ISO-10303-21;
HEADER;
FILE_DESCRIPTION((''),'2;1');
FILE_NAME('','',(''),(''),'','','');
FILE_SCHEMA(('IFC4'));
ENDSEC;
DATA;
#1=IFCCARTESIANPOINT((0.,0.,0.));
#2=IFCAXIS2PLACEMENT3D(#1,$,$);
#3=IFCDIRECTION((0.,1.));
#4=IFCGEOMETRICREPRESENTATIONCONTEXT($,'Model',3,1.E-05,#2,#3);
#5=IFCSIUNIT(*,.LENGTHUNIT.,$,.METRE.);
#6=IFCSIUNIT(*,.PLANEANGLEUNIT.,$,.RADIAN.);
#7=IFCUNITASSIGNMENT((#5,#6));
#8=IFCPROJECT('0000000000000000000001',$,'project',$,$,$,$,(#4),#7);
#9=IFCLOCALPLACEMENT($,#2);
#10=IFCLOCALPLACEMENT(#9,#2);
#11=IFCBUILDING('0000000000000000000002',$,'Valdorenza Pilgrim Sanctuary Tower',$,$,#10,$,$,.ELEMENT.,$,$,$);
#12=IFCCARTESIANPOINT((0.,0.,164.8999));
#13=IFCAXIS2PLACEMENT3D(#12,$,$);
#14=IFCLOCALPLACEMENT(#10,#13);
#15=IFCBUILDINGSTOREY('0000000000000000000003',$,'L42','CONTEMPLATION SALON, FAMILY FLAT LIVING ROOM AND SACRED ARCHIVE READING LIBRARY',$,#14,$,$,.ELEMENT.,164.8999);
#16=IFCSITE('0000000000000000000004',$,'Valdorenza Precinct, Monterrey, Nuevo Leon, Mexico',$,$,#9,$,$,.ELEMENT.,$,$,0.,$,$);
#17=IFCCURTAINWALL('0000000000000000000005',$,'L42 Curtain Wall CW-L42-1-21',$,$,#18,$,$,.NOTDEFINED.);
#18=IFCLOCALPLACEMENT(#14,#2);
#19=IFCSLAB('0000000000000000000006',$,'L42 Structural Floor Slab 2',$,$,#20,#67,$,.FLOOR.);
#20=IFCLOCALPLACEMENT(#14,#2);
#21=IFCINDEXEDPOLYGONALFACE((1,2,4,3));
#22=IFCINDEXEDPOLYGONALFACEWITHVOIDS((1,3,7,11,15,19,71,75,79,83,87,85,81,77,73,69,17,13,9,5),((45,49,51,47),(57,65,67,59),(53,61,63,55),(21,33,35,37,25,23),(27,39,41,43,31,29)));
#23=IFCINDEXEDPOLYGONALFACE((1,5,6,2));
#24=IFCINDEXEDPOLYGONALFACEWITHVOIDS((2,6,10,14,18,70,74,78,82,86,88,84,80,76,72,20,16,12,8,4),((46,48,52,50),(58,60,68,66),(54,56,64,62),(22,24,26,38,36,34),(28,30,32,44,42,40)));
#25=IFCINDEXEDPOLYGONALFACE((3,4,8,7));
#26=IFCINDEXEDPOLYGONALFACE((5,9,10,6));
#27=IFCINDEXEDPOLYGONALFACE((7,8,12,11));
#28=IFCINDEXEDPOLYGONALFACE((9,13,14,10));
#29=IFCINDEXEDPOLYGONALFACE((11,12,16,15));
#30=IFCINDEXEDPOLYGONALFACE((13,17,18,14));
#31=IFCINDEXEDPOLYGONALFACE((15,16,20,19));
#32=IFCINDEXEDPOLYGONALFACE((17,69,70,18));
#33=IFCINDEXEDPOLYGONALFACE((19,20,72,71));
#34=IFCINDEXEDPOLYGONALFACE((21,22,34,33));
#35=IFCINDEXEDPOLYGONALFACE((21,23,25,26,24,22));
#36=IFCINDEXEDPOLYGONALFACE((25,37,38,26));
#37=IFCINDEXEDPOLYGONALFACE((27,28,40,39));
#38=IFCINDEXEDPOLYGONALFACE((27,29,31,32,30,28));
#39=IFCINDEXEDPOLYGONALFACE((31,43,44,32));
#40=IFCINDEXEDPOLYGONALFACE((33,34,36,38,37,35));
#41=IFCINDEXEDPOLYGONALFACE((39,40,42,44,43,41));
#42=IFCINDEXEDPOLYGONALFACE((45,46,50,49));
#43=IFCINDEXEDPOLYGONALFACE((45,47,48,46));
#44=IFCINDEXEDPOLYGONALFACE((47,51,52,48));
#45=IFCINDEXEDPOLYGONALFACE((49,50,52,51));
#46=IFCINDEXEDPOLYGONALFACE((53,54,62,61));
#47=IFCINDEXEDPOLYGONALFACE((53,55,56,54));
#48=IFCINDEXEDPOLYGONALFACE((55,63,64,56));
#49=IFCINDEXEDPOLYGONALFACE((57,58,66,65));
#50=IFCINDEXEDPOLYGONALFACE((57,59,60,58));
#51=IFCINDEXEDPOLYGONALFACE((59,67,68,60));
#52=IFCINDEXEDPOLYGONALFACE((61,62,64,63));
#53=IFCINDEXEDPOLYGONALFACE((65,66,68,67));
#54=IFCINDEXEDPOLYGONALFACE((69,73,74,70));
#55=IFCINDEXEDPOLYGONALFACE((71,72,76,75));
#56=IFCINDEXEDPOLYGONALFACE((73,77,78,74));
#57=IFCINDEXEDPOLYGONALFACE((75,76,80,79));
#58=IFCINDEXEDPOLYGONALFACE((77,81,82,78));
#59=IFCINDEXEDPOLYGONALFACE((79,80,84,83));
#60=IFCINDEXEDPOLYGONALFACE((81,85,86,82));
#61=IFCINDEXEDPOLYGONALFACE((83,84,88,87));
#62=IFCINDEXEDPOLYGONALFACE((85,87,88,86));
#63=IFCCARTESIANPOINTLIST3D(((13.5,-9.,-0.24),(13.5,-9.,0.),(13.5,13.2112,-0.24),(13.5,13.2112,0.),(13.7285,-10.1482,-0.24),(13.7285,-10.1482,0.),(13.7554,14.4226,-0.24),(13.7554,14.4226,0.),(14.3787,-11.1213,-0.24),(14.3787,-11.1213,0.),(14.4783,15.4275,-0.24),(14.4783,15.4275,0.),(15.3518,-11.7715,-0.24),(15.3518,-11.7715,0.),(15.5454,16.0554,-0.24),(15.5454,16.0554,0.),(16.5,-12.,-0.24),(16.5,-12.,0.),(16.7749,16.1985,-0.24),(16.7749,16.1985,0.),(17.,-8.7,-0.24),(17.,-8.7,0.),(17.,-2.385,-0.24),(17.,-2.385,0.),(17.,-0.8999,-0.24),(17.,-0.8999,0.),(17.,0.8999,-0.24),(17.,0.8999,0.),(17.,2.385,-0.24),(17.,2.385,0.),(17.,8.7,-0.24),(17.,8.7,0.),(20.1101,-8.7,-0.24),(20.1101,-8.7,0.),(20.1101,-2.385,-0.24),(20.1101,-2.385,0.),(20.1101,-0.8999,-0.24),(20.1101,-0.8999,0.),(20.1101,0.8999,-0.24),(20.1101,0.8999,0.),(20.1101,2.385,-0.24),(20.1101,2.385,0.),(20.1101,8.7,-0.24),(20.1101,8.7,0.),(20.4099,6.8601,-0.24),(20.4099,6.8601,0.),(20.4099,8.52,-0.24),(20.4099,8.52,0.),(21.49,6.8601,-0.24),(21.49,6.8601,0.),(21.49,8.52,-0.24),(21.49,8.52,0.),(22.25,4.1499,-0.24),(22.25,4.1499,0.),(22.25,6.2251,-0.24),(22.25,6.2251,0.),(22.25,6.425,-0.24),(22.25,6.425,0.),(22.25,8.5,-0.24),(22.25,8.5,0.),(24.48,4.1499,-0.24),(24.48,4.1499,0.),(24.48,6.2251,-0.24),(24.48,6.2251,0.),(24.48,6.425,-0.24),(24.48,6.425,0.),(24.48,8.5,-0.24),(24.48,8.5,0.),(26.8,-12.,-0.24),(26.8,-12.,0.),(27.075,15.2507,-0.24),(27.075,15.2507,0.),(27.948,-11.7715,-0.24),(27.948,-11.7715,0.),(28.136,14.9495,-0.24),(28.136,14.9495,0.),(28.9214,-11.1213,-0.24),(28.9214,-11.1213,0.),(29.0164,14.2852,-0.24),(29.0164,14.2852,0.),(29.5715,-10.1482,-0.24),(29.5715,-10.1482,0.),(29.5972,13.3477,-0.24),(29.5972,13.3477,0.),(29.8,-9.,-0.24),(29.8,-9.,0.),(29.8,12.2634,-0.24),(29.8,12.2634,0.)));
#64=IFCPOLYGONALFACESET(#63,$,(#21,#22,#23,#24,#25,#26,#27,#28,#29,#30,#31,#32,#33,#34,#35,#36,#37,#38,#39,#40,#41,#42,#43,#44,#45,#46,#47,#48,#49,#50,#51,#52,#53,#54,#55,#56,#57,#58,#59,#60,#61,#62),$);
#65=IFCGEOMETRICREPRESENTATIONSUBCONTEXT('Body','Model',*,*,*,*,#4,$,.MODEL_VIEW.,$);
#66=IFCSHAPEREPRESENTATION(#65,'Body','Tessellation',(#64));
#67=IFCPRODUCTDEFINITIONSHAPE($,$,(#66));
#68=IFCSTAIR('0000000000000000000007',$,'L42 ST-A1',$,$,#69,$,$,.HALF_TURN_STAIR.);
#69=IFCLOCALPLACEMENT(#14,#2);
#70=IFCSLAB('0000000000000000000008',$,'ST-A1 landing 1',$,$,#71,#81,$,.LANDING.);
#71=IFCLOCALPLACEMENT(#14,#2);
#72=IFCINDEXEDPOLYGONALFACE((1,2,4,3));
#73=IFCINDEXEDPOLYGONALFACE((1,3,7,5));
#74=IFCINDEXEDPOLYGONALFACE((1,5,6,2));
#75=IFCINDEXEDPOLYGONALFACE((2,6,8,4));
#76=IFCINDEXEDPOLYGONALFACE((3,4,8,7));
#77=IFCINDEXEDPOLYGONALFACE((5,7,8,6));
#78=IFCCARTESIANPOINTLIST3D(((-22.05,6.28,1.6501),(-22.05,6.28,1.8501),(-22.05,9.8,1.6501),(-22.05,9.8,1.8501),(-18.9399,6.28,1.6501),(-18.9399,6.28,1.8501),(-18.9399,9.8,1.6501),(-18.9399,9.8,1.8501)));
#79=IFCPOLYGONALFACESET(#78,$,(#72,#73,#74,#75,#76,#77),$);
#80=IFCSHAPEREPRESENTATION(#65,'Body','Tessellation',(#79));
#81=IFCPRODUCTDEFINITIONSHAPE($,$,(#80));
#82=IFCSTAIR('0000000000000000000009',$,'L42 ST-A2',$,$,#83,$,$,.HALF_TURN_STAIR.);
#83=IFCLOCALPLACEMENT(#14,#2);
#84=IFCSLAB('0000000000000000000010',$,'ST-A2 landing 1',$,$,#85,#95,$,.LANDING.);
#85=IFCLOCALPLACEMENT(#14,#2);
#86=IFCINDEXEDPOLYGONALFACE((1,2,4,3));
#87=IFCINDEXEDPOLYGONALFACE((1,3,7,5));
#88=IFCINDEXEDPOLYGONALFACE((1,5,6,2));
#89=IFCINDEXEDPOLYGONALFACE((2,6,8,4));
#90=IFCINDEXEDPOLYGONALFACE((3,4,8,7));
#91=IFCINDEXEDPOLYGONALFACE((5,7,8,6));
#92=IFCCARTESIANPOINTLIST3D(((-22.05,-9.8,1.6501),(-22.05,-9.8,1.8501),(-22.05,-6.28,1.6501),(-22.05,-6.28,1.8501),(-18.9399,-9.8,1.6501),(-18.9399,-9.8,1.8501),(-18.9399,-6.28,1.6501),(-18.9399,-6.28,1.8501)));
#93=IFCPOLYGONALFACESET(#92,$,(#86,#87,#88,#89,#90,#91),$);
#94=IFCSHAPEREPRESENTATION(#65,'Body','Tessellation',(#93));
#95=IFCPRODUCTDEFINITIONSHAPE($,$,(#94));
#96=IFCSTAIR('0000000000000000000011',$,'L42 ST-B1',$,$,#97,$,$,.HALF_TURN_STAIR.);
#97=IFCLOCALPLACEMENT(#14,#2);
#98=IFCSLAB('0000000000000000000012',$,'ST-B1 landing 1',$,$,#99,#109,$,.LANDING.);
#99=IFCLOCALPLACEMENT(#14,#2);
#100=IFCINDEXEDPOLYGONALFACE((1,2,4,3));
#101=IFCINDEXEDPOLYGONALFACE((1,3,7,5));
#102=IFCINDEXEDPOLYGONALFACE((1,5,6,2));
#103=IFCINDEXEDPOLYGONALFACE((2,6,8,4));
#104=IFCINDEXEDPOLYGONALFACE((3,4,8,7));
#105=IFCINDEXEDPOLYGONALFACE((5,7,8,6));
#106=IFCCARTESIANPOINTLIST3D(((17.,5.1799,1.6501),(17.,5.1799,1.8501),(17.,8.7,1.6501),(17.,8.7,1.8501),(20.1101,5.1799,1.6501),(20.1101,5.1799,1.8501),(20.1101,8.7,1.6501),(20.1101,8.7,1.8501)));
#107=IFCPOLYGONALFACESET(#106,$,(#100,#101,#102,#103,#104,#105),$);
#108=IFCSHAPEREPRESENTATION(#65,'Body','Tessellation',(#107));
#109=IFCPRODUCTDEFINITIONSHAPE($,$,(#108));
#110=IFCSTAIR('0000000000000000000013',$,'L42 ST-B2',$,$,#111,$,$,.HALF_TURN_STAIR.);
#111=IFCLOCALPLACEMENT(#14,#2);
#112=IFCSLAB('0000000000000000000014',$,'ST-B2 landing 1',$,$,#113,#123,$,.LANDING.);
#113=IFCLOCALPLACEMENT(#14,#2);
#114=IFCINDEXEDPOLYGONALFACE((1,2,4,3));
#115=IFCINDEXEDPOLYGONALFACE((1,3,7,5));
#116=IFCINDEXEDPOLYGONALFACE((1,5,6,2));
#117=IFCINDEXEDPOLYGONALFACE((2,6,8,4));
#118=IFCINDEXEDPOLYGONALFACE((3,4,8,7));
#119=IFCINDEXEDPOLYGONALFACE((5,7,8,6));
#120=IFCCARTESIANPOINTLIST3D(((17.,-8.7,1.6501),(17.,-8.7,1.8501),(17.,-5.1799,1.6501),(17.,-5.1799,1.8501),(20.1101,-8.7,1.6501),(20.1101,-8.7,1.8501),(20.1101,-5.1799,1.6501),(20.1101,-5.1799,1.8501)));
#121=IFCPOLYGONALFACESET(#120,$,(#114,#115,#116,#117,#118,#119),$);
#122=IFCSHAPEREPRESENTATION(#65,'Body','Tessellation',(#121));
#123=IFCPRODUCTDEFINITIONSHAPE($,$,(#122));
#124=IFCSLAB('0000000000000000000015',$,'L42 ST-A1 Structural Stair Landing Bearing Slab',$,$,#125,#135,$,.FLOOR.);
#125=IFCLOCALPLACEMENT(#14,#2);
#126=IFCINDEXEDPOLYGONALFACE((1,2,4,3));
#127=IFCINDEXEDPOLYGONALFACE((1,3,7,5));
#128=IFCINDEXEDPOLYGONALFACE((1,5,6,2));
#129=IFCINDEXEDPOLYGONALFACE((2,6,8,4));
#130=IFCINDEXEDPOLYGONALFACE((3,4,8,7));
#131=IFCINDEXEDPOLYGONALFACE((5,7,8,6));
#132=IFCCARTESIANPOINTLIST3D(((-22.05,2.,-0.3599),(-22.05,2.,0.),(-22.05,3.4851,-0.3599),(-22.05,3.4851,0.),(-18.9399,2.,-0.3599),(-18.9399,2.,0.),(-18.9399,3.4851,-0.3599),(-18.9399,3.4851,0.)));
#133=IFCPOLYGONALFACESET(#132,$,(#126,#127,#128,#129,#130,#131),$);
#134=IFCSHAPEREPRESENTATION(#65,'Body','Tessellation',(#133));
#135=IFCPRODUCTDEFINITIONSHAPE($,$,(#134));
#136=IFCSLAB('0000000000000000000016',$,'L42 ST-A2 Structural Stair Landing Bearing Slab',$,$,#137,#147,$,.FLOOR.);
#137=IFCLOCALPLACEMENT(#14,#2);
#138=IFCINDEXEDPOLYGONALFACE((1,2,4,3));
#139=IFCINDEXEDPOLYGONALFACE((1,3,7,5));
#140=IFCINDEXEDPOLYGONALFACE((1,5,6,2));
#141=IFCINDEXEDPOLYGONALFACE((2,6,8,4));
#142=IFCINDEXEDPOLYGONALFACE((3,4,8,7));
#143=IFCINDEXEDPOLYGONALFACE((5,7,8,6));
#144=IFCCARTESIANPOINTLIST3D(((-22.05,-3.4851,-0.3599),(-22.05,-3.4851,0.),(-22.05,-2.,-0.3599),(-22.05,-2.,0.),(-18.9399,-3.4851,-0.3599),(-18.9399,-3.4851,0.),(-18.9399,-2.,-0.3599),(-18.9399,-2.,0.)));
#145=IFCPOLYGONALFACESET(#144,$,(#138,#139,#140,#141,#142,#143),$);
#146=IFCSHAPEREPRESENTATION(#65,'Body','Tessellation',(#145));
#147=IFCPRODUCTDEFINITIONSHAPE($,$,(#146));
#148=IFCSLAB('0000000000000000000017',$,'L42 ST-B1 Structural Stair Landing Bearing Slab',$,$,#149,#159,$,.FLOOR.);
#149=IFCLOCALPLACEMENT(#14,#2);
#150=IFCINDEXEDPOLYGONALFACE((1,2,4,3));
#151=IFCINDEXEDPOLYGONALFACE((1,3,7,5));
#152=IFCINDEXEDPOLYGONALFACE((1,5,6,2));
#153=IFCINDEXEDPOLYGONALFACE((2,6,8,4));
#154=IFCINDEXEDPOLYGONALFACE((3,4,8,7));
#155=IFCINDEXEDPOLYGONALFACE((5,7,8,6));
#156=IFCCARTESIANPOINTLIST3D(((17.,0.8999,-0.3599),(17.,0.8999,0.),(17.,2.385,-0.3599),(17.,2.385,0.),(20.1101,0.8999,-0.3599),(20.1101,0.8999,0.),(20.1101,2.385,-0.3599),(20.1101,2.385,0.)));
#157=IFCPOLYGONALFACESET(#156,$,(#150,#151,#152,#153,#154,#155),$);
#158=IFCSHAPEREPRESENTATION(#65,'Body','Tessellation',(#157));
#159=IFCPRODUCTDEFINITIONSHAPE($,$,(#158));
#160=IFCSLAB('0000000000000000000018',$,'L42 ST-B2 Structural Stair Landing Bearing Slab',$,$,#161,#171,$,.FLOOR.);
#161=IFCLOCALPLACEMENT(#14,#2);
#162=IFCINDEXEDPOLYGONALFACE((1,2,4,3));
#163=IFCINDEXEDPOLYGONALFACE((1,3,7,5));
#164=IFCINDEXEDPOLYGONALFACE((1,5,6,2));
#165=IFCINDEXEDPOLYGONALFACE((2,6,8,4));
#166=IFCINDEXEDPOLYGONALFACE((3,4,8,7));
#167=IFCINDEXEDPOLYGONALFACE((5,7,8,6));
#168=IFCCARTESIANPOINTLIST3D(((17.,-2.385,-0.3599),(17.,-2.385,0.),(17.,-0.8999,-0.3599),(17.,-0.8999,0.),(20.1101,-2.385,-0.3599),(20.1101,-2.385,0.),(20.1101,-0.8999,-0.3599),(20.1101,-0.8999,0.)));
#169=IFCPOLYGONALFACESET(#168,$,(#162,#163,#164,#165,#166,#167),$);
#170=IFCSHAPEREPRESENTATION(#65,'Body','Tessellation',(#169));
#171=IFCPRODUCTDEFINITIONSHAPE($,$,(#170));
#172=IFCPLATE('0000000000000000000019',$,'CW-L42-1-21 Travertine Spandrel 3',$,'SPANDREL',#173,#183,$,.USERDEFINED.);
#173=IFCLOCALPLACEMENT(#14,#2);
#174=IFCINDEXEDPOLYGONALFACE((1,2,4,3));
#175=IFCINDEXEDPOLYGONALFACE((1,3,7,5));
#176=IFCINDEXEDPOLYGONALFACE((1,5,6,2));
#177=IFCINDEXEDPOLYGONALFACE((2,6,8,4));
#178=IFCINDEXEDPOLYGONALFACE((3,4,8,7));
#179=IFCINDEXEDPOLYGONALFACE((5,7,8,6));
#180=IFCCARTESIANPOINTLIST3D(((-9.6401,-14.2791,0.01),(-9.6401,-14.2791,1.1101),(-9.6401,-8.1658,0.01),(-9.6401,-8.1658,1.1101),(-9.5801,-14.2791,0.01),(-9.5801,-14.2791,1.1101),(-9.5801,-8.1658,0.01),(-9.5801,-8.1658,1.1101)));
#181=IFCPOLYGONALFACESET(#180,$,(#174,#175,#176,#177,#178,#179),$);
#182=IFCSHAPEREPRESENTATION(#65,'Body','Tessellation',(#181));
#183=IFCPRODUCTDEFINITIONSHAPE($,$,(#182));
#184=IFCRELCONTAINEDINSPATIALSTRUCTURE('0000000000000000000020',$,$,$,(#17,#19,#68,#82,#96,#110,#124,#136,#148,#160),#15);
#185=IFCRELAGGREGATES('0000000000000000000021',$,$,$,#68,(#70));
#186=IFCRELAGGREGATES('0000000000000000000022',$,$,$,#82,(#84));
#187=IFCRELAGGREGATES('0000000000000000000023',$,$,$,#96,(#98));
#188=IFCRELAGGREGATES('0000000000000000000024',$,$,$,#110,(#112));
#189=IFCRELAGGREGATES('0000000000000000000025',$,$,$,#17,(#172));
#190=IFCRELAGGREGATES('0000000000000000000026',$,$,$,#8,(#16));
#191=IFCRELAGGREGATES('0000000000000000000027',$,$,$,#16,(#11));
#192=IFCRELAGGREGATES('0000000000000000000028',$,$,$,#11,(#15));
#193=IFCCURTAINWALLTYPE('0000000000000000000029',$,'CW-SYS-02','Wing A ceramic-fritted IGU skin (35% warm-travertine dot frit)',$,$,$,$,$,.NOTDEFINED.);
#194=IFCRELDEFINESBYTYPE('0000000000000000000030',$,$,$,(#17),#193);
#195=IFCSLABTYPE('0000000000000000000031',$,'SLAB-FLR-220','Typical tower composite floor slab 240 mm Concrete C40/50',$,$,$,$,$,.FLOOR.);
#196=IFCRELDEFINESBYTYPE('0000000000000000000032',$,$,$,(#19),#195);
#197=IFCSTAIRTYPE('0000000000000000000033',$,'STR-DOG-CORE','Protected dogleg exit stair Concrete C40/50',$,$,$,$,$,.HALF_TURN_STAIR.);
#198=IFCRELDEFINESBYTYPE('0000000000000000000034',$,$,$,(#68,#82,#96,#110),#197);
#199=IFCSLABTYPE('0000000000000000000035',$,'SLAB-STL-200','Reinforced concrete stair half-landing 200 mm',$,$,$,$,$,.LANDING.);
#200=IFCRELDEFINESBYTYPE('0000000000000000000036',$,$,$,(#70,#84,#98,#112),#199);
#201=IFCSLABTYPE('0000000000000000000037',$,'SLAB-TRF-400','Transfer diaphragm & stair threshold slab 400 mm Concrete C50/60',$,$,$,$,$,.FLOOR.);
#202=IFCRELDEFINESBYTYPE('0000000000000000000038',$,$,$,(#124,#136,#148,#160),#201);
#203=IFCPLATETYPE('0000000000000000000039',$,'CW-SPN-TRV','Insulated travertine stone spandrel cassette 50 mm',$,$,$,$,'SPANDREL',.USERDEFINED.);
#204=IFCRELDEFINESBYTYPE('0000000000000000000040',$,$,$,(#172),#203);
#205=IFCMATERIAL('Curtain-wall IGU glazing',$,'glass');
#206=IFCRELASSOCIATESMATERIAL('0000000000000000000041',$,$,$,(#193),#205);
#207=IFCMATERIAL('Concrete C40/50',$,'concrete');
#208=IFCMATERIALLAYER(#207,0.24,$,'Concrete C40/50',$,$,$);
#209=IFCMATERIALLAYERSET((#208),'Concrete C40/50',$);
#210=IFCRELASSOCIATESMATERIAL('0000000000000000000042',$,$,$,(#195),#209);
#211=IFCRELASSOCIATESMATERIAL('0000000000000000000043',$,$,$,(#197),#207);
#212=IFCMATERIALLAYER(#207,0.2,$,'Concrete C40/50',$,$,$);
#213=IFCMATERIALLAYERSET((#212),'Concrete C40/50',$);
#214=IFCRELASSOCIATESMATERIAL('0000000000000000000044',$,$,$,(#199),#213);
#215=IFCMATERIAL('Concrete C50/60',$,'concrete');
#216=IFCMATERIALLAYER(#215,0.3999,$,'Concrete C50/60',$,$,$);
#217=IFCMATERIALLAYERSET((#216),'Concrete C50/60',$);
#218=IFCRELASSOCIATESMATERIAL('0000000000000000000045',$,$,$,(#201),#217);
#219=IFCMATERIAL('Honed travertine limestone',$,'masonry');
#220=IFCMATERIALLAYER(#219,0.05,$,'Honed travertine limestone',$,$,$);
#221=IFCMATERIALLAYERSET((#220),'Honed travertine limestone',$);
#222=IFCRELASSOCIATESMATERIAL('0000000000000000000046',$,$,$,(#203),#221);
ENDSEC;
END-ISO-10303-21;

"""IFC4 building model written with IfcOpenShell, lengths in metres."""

from ifc_helpers import new_model, si_unit, direction, frame, origin, origin_2d, place, context, subcontext, project, spatial, polyline, rectangle, outline, extrude, source, transform, mapped, material, layer, layer_set, type_object, element, aggregate, save


model = new_model("IFC4")

# Units and contexts
model_context = context("Model", 3, precision=1e-05, world=origin(), true_north=direction((0.0, 1.0)))
body_context = subcontext(model_context, "Body", "Model", "MODEL_VIEW")
ifc_project = project(units=[si_unit("LENGTHUNIT", "METRE"), si_unit("PLANEANGLEUNIT", "RADIAN")], contexts=[model_context])

# Site, building, storey
site_placement = place(None, origin())
site = spatial("IfcSite", under=ifc_project, at=site_placement, Name="Valdorenza Precinct, Monterrey, Nuevo Leon, Mexico", CompositionType="ELEMENT", RefElevation=0.0)
building_placement = place(site_placement, origin())
building = spatial("IfcBuilding", under=site, at=building_placement, Name="Valdorenza Pilgrim Sanctuary Tower", CompositionType="ELEMENT")
storey_placement = place(building_placement, frame((0.0, 0.0, 164.8999)))
storey = spatial("IfcBuildingStorey", under=building, at=storey_placement, Name="L42", Description="CONTEMPLATION SALON, FAMILY FLAT LIVING ROOM AND SACRED ARCHIVE READING LIBRARY", CompositionType="ELEMENT", Elevation=164.8999)

# Curtain wall
ifc_material_1 = material(Name="Curtain-wall IGU glazing", Category="glass")
curtain_wall_type = type_object("IfcCurtainWallType", Name="CW-SYS-02", Description="Wing A ceramic-fritted IGU skin (35% warm-travertine dot frit)", PredefinedType="NOTDEFINED", material=ifc_material_1)
curtain_wall_placement = place(storey_placement, origin())
curtain_wall = element("IfcCurtainWall", 1, at=curtain_wall_placement, inside=storey, type_object=curtain_wall_type, Name="L42 Curtain Wall CW-L42-1-21", PredefinedType="NOTDEFINED")

# Slab
ifc_material_2 = material(Name="Concrete C40/50", Category="concrete")
ifc_layer_1 = layer(ifc_material_2, 0.24, Name="Concrete C40/50")
ifc_layer_set_1 = layer_set([ifc_layer_1], Name="Concrete C40/50")
slab_type_1 = type_object("IfcSlabType", Name="SLAB-FLR-220", Description="Typical tower composite floor slab 240 mm Concrete C40/50", PredefinedType="FLOOR", material=ifc_layer_set_1)
slab_1_placement = place(storey_placement, frame((0.0, 0.0, -0.24)))
element("IfcSlab", 2, at=slab_1_placement, inside=storey, type_object=slab_type_1, Name="L42 Structural Floor Slab 2", PredefinedType="FLOOR", context=body_context, shape_type="SweptSolid", body=[
    extrude(outline(polyline([(13.5, 13.2112), (13.7554, 14.4226), (14.4783, 15.4275), (15.5454, 16.0554), (16.7749, 16.1985), (27.075, 15.2507), (28.136, 14.9495), (29.0164, 14.2852), (29.5972, 13.3477), (29.8, 12.2634), (29.8, -9.0), (29.5715, -10.1482), (28.9214, -11.1213), (27.948, -11.7715), (26.8, -12.0), (16.5, -12.0), (15.3518, -11.7715), (14.3787, -11.1213), (13.7285, -10.1482), (13.5, -9.0), (13.5, 13.2112)]), holes=[polyline([(17.0, -8.7), (20.1101, -8.7), (20.1101, -2.385), (20.1101, -0.8999), (17.0, -0.8999), (17.0, -2.385), (17.0, -8.7)]), polyline([(17.0, 0.8999), (20.1101, 0.8999), (20.1101, 2.385), (20.1101, 8.7), (17.0, 8.7), (17.0, 2.385), (17.0, 0.8999)]), polyline([(22.25, 4.1499), (24.48, 4.1499), (24.48, 6.2251), (22.25, 6.2251), (22.25, 4.1499)]), polyline([(22.25, 6.425), (24.48, 6.425), (24.48, 8.5), (22.25, 8.5), (22.25, 6.425)]), polyline([(20.4099, 6.8601), (21.49, 6.8601), (21.49, 8.52), (20.4099, 8.52), (20.4099, 6.8601)])]), origin(), (0.0, 0.0, 1.0), 0.24),
])

# Stairs, slabs
stair_type = type_object("IfcStairType", Name="STR-DOG-CORE", Description="Protected dogleg exit stair Concrete C40/50", PredefinedType="HALF_TURN_STAIR", material=ifc_material_2)
stair_1_placement = place(storey_placement, origin())
stair_1 = element("IfcStair", 3, at=stair_1_placement, inside=storey, type_object=stair_type, Name="L42 ST-A1", PredefinedType="HALF_TURN_STAIR")
ifc_layer_2 = layer(ifc_material_2, 0.2, Name="Concrete C40/50")
ifc_layer_set_2 = layer_set([ifc_layer_2], Name="Concrete C40/50")
slab_type_2 = type_object("IfcSlabType", Name="SLAB-STL-200", Description="Reinforced concrete stair half-landing 200 mm", PredefinedType="LANDING", material=ifc_layer_set_2)
slab_2_placement = place(storey_placement, frame((0.0, 0.0, 1.6501)))
slab_2 = element("IfcSlab", 4, at=slab_2_placement, type_object=slab_type_2, Name="ST-A1 landing 1", PredefinedType="LANDING", context=body_context, shape_type="SweptSolid", body=[
    extrude(outline(polyline([(-18.9399, 6.28), (-18.9399, 9.8), (-22.05, 9.8), (-22.05, 6.28), (-18.9399, 6.28)])), origin(), (0.0, 0.0, 1.0), 0.2),
])
aggregate(stair_1, [slab_2])
stair_2_placement = place(storey_placement, origin())
stair_2 = element("IfcStair", 5, at=stair_2_placement, inside=storey, type_object=stair_type, Name="L42 ST-A2", PredefinedType="HALF_TURN_STAIR")
slab_3_placement = place(storey_placement, frame((0.0, 0.0, 1.6501)))
slab_3 = element("IfcSlab", 6, at=slab_3_placement, type_object=slab_type_2, Name="ST-A2 landing 1", PredefinedType="LANDING", context=body_context, shape_type="SweptSolid", body=[
    extrude(outline(polyline([(-22.05, -6.28), (-22.05, -9.8), (-18.9399, -9.8), (-18.9399, -6.28), (-22.05, -6.28)])), origin(), (0.0, 0.0, 1.0), 0.2),
])
aggregate(stair_2, [slab_3])
stair_3_placement = place(storey_placement, origin())
stair_3 = element("IfcStair", 7, at=stair_3_placement, inside=storey, type_object=stair_type, Name="L42 ST-B1", PredefinedType="HALF_TURN_STAIR")
slab_4_placement = place(storey_placement, frame((0.0, 0.0, 1.6501)))
slab_4 = element("IfcSlab", 8, at=slab_4_placement, type_object=slab_type_2, Name="ST-B1 landing 1", PredefinedType="LANDING", context=body_context, shape_type="SweptSolid", body=[
    extrude(outline(polyline([(20.1101, 5.1799), (20.1101, 8.7), (17.0, 8.7), (17.0, 5.1799), (20.1101, 5.1799)])), origin(), (0.0, 0.0, 1.0), 0.2),
])
aggregate(stair_3, [slab_4])
stair_4_placement = place(storey_placement, origin())
stair_4 = element("IfcStair", 9, at=stair_4_placement, inside=storey, type_object=stair_type, Name="L42 ST-B2", PredefinedType="HALF_TURN_STAIR")
slab_5_placement = place(storey_placement, frame((0.0, 0.0, 1.6501)))
slab_5 = element("IfcSlab", 10, at=slab_5_placement, type_object=slab_type_2, Name="ST-B2 landing 1", PredefinedType="LANDING", context=body_context, shape_type="SweptSolid", body=[
    extrude(outline(polyline([(17.0, -5.1799), (17.0, -8.7), (20.1101, -8.7), (20.1101, -5.1799), (17.0, -5.1799)])), origin(), (0.0, 0.0, 1.0), 0.2),
])
aggregate(stair_4, [slab_5])

# Slabs
ifc_material_3 = material(Name="Concrete C50/60", Category="concrete")
ifc_layer_3 = layer(ifc_material_3, 0.3999, Name="Concrete C50/60")
ifc_layer_set_3 = layer_set([ifc_layer_3], Name="Concrete C50/60")
slab_type_3 = type_object("IfcSlabType", Name="SLAB-TRF-400", Description="Transfer diaphragm & stair threshold slab 400 mm Concrete C50/60", PredefinedType="FLOOR", material=ifc_layer_set_3)
slab_6_placement = place(storey_placement, frame((0.0, 0.0, -0.3599)))
element("IfcSlab", 11, at=slab_6_placement, inside=storey, type_object=slab_type_3, Name="L42 ST-A1 Structural Stair Landing Bearing Slab", PredefinedType="FLOOR", context=body_context, shape_type="SweptSolid", body=[
    extrude(outline(polyline([(-22.05, 2.0), (-18.9399, 2.0), (-18.9399, 3.4851), (-22.05, 3.4851), (-22.05, 2.0)])), origin(), (0.0, 0.0, 1.0), 0.3599),
])
slab_7_placement = place(storey_placement, frame((0.0, 0.0, -0.3599)))
element("IfcSlab", 12, at=slab_7_placement, inside=storey, type_object=slab_type_3, Name="L42 ST-A2 Structural Stair Landing Bearing Slab", PredefinedType="FLOOR", context=body_context, shape_type="SweptSolid", body=[
    extrude(outline(polyline([(-22.05, -3.4851), (-18.9399, -3.4851), (-18.9399, -2.0), (-22.05, -2.0), (-22.05, -3.4851)])), origin(), (0.0, 0.0, 1.0), 0.3599),
])
slab_8_placement = place(storey_placement, frame((0.0, 0.0, -0.3599)))
element("IfcSlab", 13, at=slab_8_placement, inside=storey, type_object=slab_type_3, Name="L42 ST-B1 Structural Stair Landing Bearing Slab", PredefinedType="FLOOR", context=body_context, shape_type="SweptSolid", body=[
    extrude(outline(polyline([(17.0, 0.8999), (20.1101, 0.8999), (20.1101, 2.385), (17.0, 2.385), (17.0, 0.8999)])), origin(), (0.0, 0.0, 1.0), 0.3599),
])
slab_9_placement = place(storey_placement, frame((0.0, 0.0, -0.3599)))
element("IfcSlab", 14, at=slab_9_placement, inside=storey, type_object=slab_type_3, Name="L42 ST-B2 Structural Stair Landing Bearing Slab", PredefinedType="FLOOR", context=body_context, shape_type="SweptSolid", body=[
    extrude(outline(polyline([(17.0, -2.385), (20.1101, -2.385), (20.1101, -0.8999), (17.0, -0.8999), (17.0, -2.385)])), origin(), (0.0, 0.0, 1.0), 0.3599),
])

# Plate
ifc_material_4 = material(Name="Honed travertine limestone", Category="masonry")
ifc_layer_4 = layer(ifc_material_4, 0.05, Name="Honed travertine limestone")
ifc_layer_set_4 = layer_set([ifc_layer_4], Name="Honed travertine limestone")
plate_type_1 = type_object("IfcPlateType", Name="CW-SPN-TRV", Description="Insulated travertine stone spandrel cassette 50 mm", ElementType="SPANDREL", PredefinedType="USERDEFINED", material=ifc_layer_set_4)
shared_shape_1 = source(origin(), body_context, "Body", "SweptSolid", [
    extrude(rectangle(XDim=6.1133, YDim=0.0601, at=origin_2d()), origin(), (0.0, 0.0, 1.0), 1.1001),
])
plate_1_placement = place(storey_placement, frame((-9.6101, -11.2224, 0.01), z_axis=(0.0, 0.0, 1.0), x_axis=(0.0, -1.0, 0.0)))
plate_1 = element("IfcPlate", 15, at=plate_1_placement, type_object=plate_type_1, Name="CW-L42-1-21 Travertine Spandrel 3", ObjectType="SPANDREL", PredefinedType="USERDEFINED", context=body_context, shape_type="MappedRepresentation", body=[
    mapped(shared_shape_1, transform((0.0, 0.0, 0.0), x_axis=(1.0, 0.0, 0.0), y_axis=(0.0, 1.0, 0.0), z_axis=(0.0, 0.0, 1.0), scale=1.0)),
])
aggregate(curtain_wall, [plate_1])

save(model, "model.ifc")
